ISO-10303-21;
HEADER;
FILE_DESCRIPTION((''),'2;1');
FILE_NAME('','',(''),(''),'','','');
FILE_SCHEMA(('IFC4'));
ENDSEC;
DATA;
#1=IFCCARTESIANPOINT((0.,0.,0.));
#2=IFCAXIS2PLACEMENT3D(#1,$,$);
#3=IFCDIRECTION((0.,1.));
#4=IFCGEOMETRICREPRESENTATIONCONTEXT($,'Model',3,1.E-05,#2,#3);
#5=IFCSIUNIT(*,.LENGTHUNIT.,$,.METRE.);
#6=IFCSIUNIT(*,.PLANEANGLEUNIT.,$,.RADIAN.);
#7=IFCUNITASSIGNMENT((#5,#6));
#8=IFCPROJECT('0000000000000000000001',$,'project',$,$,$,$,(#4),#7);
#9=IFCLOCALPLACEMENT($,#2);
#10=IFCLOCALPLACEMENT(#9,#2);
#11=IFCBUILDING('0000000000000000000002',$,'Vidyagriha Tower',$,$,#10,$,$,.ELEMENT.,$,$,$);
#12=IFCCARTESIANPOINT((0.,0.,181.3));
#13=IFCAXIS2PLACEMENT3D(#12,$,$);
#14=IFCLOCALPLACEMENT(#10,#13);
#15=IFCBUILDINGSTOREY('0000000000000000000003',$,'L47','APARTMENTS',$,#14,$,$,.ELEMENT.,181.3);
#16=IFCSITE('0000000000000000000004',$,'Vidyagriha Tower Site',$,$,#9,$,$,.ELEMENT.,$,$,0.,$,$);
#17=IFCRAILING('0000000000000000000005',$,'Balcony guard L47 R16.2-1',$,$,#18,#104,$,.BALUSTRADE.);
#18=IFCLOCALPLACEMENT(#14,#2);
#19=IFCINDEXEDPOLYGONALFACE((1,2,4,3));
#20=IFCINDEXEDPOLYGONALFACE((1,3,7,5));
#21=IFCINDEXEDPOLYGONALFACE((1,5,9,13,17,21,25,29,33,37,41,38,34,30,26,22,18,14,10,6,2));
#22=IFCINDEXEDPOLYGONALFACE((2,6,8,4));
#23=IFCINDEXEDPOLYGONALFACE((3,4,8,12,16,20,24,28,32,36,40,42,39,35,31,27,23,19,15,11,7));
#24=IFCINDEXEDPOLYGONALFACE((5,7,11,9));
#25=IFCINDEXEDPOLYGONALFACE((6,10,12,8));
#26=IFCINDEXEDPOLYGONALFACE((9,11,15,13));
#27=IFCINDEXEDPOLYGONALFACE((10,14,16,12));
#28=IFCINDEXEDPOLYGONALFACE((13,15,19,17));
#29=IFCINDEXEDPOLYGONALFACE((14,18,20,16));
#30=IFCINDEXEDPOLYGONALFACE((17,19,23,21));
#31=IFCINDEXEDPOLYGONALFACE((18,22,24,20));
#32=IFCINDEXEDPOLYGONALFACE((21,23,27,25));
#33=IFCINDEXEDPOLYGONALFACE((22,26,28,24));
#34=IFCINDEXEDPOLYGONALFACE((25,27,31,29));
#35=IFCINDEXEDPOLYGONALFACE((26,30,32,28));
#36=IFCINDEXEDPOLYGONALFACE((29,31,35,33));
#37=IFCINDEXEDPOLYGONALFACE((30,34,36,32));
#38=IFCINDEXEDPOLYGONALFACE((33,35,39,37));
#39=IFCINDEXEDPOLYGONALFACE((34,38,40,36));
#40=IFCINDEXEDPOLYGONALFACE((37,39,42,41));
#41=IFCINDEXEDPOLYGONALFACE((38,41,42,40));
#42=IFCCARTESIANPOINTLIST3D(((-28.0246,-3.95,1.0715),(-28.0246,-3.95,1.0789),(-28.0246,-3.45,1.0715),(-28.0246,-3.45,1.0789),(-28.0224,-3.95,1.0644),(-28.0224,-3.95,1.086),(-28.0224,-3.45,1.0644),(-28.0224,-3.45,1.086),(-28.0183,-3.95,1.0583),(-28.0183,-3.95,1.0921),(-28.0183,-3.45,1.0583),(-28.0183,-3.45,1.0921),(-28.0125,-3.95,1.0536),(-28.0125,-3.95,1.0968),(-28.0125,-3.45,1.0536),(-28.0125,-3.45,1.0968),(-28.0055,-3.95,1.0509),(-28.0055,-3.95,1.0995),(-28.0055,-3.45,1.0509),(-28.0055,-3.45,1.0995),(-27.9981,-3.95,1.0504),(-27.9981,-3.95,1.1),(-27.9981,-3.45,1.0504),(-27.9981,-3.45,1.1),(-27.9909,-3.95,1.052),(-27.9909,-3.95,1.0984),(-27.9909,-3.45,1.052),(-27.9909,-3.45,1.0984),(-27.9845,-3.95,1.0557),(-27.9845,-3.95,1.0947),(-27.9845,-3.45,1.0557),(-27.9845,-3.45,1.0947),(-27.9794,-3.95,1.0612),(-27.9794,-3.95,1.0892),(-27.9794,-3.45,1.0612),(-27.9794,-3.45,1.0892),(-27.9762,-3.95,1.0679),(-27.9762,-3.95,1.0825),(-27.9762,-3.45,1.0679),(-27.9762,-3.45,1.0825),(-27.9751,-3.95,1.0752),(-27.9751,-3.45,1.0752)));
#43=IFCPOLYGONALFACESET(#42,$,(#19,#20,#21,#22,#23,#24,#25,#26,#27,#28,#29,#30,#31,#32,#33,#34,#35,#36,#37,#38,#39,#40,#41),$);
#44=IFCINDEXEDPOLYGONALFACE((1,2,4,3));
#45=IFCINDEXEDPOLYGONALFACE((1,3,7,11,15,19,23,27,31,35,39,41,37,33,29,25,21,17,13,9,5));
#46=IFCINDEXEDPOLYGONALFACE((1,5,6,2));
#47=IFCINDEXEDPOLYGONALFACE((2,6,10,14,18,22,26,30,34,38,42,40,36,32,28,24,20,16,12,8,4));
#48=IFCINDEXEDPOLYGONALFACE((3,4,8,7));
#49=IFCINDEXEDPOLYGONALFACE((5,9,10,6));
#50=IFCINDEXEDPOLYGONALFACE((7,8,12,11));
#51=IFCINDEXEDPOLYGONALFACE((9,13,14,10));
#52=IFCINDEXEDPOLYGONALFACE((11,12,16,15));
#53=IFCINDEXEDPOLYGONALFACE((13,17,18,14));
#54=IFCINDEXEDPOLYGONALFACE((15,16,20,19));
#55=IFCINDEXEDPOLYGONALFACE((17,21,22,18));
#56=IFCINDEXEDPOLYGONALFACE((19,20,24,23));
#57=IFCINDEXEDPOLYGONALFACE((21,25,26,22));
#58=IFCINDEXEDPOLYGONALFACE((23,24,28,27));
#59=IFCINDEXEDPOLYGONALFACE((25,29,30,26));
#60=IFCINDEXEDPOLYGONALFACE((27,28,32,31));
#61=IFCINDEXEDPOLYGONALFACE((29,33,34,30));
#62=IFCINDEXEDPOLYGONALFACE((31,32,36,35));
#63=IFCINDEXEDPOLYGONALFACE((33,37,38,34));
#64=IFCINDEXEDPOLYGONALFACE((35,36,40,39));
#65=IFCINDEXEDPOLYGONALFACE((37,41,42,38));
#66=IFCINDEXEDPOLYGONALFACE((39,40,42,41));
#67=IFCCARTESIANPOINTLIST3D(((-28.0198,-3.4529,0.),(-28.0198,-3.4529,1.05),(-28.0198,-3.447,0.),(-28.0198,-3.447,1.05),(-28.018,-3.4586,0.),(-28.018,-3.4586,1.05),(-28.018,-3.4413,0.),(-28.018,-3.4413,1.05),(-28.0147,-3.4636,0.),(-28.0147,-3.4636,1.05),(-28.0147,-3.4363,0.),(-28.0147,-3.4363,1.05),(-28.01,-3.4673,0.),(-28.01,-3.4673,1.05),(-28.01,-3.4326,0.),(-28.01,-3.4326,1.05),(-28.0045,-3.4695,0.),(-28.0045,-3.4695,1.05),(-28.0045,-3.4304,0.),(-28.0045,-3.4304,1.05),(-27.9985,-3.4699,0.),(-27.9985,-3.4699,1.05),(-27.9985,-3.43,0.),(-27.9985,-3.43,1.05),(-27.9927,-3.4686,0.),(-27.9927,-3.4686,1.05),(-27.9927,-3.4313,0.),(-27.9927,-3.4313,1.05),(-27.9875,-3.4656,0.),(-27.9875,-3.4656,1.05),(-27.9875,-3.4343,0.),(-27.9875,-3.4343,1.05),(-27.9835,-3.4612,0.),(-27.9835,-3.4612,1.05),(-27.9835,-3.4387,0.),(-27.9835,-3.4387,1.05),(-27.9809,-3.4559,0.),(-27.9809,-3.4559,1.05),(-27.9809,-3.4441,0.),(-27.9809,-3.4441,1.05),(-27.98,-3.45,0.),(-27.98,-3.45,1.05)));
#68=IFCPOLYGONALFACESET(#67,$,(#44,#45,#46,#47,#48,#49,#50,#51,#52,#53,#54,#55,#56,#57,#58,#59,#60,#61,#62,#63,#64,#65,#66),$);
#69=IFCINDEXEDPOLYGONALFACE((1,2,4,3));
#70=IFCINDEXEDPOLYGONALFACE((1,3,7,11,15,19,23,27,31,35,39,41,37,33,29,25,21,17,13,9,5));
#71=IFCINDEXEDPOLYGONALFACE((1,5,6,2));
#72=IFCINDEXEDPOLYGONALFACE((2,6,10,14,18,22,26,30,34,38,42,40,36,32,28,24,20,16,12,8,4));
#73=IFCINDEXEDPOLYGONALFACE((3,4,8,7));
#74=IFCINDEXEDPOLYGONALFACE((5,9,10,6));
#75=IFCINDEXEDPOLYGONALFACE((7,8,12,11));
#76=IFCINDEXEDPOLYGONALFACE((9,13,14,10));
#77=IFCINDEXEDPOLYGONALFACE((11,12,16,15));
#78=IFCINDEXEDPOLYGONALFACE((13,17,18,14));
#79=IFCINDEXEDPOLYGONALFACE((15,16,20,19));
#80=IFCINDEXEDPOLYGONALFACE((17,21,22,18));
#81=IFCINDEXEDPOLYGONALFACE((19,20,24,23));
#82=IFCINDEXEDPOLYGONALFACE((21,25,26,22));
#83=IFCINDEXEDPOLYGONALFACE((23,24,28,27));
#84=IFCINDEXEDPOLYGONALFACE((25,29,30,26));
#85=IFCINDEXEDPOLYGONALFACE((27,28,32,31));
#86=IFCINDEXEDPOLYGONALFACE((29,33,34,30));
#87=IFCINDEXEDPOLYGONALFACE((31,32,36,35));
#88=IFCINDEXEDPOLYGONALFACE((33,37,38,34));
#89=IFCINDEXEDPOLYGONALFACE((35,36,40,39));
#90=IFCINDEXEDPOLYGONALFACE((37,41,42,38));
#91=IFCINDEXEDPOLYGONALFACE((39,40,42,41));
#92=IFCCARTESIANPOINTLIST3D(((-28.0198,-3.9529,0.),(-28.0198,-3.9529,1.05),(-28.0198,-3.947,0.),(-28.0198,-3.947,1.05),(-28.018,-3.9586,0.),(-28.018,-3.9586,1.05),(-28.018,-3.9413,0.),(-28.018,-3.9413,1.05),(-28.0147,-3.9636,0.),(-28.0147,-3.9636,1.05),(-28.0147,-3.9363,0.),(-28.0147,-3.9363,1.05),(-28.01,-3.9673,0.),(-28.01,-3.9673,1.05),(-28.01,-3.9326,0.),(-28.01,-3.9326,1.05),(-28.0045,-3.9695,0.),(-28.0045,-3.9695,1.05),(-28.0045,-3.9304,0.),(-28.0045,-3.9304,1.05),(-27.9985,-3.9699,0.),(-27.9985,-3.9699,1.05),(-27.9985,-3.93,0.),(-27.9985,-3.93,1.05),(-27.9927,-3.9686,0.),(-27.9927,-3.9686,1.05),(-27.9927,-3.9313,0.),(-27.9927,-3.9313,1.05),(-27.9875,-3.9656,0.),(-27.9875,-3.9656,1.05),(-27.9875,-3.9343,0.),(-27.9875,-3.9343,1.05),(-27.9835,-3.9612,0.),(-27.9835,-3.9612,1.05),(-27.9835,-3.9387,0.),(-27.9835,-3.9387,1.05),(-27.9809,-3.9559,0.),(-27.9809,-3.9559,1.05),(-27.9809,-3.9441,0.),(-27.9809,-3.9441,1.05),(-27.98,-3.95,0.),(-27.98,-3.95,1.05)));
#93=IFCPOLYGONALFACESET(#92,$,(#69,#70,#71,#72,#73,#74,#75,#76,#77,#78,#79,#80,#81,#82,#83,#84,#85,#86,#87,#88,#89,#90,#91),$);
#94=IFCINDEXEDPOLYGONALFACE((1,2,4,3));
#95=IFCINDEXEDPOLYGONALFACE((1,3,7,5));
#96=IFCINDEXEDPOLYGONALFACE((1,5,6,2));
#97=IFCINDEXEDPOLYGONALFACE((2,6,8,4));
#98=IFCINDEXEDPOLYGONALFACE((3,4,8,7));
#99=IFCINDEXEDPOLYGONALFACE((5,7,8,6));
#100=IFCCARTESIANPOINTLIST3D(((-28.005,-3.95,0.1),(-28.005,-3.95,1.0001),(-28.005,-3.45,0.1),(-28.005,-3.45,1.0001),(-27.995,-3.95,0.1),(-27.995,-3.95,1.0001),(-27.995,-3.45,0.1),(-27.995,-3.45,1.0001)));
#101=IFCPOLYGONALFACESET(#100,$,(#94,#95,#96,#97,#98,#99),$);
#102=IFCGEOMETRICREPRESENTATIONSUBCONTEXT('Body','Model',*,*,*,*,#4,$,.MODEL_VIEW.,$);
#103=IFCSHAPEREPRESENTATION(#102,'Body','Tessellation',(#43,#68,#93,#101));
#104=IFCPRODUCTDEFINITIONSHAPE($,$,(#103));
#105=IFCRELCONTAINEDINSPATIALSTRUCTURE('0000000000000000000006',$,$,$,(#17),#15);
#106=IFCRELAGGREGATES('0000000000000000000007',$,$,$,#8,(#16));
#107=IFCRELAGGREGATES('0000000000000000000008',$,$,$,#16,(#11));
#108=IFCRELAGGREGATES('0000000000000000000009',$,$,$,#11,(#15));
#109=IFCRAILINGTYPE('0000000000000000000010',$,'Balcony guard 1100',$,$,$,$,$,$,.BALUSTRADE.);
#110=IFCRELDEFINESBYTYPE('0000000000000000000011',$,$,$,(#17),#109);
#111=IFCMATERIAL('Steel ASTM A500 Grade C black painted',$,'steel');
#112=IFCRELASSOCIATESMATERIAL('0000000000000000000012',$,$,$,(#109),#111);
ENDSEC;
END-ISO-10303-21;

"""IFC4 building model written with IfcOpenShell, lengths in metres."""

from ifc_helpers import new_model, si_unit, direction, frame, origin, origin_2d, place, context, subcontext, project, spatial, rectangle, circle, extrude, material, type_object, element, save


model = new_model("IFC4")

# Units and contexts
model_context = context("Model", 3, precision=1e-05, world=origin(), true_north=direction((0.0, 1.0)))
body_context = subcontext(model_context, "Body", "Model", "MODEL_VIEW")
ifc_project = project(units=[si_unit("LENGTHUNIT", "METRE"), si_unit("PLANEANGLEUNIT", "RADIAN")], contexts=[model_context])

# Site, building, storey
site_placement = place(None, origin())
site = spatial("IfcSite", under=ifc_project, at=site_placement, Name="Vidyagriha Tower Site", CompositionType="ELEMENT", RefElevation=0.0)
building_placement = place(site_placement, origin())
building = spatial("IfcBuilding", under=site, at=building_placement, Name="Vidyagriha Tower", CompositionType="ELEMENT")
storey_placement = place(building_placement, frame((0.0, 0.0, 181.3)))
storey = spatial("IfcBuildingStorey", under=building, at=storey_placement, Name="L47", Description="APARTMENTS", CompositionType="ELEMENT", Elevation=181.3)

# Railing
ifc_material_1 = material(Name="Steel ASTM A500 Grade C black painted", Category="steel")
railing_type_1 = type_object("IfcRailingType", Name="Balcony guard 1100", PredefinedType="BALUSTRADE", material=ifc_material_1)
railing_1_placement = place(storey_placement, frame((-28.0, -3.45, 0.0)))
element("IfcRailing", 1, at=railing_1_placement, inside=storey, type_object=railing_type_1, Name="Balcony guard L47 R16.2-1", PredefinedType="BALUSTRADE", context=body_context, shape_type="SweptSolid", body=[
    extrude(circle(Radius=0.0249, at=origin_2d()), frame((0.0, 0.0, 1.0752), z_axis=(0.0, -1.0, 0.0), x_axis=(1.0, 0.0, 0.0)), (0.0, 0.0, 1.0), 0.5),
    extrude(circle(Radius=0.02, at=origin_2d()), origin(), (0.0, 0.0, 1.0), 1.05),
    extrude(circle(Radius=0.02, at=origin_2d()), frame((0.0, -0.5, 0.0)), (0.0, 0.0, 1.0), 1.05),
    extrude(rectangle(XDim=0.01, YDim=0.9001, at=origin_2d()), frame((0.0, 0.0, 0.55), z_axis=(0.0, -1.0, 0.0), x_axis=(1.0, 0.0, 0.0)), (0.0, 0.0, 1.0), 0.5),
])

save(model, "model.ifc")
